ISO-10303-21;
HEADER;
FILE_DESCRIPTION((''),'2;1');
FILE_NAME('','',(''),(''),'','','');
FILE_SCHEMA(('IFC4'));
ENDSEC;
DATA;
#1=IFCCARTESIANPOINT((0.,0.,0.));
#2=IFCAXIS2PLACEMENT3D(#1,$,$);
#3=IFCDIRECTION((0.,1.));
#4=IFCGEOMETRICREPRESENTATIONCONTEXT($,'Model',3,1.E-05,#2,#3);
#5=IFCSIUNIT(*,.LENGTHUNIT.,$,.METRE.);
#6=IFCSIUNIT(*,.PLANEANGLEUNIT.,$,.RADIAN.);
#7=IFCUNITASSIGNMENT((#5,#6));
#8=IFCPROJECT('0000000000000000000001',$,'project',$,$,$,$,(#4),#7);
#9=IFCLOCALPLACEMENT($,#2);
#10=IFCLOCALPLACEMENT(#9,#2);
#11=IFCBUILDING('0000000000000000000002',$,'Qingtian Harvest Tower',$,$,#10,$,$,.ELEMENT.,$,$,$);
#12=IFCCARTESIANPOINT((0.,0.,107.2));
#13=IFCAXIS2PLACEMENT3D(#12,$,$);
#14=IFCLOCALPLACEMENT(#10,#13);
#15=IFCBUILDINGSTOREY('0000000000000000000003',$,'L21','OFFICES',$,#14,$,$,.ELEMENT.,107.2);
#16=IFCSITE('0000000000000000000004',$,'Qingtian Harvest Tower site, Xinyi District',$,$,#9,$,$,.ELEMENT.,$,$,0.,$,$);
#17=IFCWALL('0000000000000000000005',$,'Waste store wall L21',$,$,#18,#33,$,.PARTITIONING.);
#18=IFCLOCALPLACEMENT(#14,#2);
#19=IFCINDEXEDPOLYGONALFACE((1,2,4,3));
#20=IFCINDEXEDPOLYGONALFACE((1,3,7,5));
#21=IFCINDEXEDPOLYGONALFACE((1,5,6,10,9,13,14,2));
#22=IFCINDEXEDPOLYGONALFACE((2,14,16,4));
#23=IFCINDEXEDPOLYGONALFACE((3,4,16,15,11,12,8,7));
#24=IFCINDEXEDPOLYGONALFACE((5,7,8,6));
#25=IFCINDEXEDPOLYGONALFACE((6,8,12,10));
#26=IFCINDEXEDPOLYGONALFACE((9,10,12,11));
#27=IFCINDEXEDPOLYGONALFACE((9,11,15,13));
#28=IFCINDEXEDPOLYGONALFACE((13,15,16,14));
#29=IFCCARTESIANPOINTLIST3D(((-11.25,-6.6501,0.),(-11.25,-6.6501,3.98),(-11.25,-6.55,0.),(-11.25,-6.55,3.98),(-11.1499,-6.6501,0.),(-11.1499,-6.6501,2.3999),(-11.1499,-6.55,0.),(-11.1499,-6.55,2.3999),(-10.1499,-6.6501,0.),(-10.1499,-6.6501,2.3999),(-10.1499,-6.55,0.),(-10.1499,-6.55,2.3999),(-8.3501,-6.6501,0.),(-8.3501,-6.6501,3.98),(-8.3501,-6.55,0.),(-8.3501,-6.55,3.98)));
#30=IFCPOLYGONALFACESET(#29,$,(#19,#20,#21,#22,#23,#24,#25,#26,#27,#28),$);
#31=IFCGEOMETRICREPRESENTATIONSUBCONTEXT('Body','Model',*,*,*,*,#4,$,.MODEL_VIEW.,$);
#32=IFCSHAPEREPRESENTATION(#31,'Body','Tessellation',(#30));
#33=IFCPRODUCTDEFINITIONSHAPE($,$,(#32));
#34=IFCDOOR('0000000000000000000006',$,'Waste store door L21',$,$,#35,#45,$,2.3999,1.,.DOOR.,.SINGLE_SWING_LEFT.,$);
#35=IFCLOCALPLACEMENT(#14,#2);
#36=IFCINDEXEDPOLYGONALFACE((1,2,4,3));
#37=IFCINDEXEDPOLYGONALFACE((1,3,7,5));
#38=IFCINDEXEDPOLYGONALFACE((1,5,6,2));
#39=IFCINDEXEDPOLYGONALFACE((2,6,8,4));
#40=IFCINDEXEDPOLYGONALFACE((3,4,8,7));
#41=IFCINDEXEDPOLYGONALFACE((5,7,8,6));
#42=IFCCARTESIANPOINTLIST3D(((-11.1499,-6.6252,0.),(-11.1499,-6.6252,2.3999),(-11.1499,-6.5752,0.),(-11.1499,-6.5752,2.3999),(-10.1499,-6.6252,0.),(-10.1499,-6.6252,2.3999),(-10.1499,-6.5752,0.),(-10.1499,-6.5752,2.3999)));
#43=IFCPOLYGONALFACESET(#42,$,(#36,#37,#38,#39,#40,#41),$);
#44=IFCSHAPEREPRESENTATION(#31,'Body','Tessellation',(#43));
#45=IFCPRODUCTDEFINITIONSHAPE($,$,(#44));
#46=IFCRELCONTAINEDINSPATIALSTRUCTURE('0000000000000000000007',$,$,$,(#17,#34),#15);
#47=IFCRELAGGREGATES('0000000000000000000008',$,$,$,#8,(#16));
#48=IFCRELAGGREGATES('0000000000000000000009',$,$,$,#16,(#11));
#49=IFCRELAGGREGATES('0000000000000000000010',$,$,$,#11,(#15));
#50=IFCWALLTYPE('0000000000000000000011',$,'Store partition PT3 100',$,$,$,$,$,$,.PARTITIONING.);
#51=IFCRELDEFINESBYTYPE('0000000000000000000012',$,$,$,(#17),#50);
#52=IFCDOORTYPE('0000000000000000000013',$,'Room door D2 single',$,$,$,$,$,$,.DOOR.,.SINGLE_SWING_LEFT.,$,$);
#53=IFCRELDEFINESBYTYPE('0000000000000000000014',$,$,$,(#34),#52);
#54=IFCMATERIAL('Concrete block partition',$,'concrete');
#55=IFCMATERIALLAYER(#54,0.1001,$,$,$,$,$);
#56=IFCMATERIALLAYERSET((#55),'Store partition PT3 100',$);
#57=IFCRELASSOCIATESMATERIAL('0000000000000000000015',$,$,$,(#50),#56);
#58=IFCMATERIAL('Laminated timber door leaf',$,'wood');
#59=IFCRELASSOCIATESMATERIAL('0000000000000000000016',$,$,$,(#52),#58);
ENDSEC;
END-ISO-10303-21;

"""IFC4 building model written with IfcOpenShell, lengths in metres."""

from ifc_helpers import new_model, si_unit, direction, frame, frame_2d, origin, place, context, subcontext, project, spatial, rectangle, extrude, material, layer, layer_set, type_object, element, fill, save


model = new_model("IFC4")

# Units and contexts
model_context = context("Model", 3, precision=1e-05, world=origin(), true_north=direction((0.0, 1.0)))
body_context = subcontext(model_context, "Body", "Model", "MODEL_VIEW")
ifc_project = project(units=[si_unit("LENGTHUNIT", "METRE"), si_unit("PLANEANGLEUNIT", "RADIAN")], contexts=[model_context])

# Site, building, storey
site_placement = place(None, origin())
site = spatial("IfcSite", under=ifc_project, at=site_placement, Name="Qingtian Harvest Tower site, Xinyi District", CompositionType="ELEMENT", RefElevation=0.0)
building_placement = place(site_placement, origin())
building = spatial("IfcBuilding", under=site, at=building_placement, Name="Qingtian Harvest Tower", CompositionType="ELEMENT")
storey_placement = place(building_placement, frame((0.0, 0.0, 107.2)))
storey = spatial("IfcBuildingStorey", under=building, at=storey_placement, Name="L21", Description="OFFICES", CompositionType="ELEMENT", Elevation=107.2)

# Wall, opening, door
ifc_material_1 = material(Name="Concrete block partition", Category="concrete")
ifc_layer_1 = layer(ifc_material_1, 0.1001)
ifc_layer_set_1 = layer_set([ifc_layer_1], Name="Store partition PT3 100")
wall_type_1 = type_object("IfcWallType", Name="Store partition PT3 100", PredefinedType="PARTITIONING", material=ifc_layer_set_1)
wall_1_placement = place(storey_placement, frame((-11.25, -6.6001, 0.0), z_axis=(0.0, 0.0, 1.0), x_axis=(1.0, 0.0, 0.0)))
wall_1 = element("IfcWall", 1, at=wall_1_placement, inside=storey, type_object=wall_type_1, Name="Waste store wall L21", PredefinedType="PARTITIONING", context=body_context, shape_type="SweptSolid", body=[
    extrude(rectangle(XDim=2.8999, YDim=0.1001, at=frame_2d((1.45, 0.0))), origin(), (0.0, 0.0, 1.0), 3.98),
])
opening_1_placement = place(wall_1_placement, frame((0.1001, 0.0, 0.0)))
opening_1 = element("IfcOpeningElement", 2, at=opening_1_placement, cuts=wall_1, PredefinedType="OPENING", context=body_context, shape_type="SweptSolid", body=[
    extrude(rectangle(XDim=1.0, YDim=2.3999, at=frame_2d((0.5, 1.2))), frame((0.0, 0.0601, 0.0), z_axis=(0.0, -1.0, 0.0), x_axis=(1.0, 0.0, 0.0)), (0.0, 0.0, 1.0), 0.1201),
])
ifc_material_2 = material(Name="Laminated timber door leaf", Category="wood")
door_type_1 = type_object("IfcDoorType", Name="Room door D2 single", OperationType="SINGLE_SWING_LEFT", PredefinedType="DOOR", material=ifc_material_2)
door_1_placement = place(opening_1_placement, origin())
door_1 = element("IfcDoor", 3, at=door_1_placement, inside=storey, type_object=door_type_1, Name="Waste store door L21", OperationType="SINGLE_SWING_LEFT", OverallHeight=2.3999, OverallWidth=1.0, PredefinedType="DOOR", context=body_context, shape_type="SweptSolid", body=[
    extrude(rectangle(XDim=1.0, YDim=2.3999, at=frame_2d((0.5, 1.2))), frame((0.0, 0.0249, 0.0), z_axis=(0.0, -1.0, 0.0), x_axis=(1.0, 0.0, 0.0)), (0.0, 0.0, 1.0), 0.05),
])
fill(opening_1, door_1)

save(model, "model.ifc")
